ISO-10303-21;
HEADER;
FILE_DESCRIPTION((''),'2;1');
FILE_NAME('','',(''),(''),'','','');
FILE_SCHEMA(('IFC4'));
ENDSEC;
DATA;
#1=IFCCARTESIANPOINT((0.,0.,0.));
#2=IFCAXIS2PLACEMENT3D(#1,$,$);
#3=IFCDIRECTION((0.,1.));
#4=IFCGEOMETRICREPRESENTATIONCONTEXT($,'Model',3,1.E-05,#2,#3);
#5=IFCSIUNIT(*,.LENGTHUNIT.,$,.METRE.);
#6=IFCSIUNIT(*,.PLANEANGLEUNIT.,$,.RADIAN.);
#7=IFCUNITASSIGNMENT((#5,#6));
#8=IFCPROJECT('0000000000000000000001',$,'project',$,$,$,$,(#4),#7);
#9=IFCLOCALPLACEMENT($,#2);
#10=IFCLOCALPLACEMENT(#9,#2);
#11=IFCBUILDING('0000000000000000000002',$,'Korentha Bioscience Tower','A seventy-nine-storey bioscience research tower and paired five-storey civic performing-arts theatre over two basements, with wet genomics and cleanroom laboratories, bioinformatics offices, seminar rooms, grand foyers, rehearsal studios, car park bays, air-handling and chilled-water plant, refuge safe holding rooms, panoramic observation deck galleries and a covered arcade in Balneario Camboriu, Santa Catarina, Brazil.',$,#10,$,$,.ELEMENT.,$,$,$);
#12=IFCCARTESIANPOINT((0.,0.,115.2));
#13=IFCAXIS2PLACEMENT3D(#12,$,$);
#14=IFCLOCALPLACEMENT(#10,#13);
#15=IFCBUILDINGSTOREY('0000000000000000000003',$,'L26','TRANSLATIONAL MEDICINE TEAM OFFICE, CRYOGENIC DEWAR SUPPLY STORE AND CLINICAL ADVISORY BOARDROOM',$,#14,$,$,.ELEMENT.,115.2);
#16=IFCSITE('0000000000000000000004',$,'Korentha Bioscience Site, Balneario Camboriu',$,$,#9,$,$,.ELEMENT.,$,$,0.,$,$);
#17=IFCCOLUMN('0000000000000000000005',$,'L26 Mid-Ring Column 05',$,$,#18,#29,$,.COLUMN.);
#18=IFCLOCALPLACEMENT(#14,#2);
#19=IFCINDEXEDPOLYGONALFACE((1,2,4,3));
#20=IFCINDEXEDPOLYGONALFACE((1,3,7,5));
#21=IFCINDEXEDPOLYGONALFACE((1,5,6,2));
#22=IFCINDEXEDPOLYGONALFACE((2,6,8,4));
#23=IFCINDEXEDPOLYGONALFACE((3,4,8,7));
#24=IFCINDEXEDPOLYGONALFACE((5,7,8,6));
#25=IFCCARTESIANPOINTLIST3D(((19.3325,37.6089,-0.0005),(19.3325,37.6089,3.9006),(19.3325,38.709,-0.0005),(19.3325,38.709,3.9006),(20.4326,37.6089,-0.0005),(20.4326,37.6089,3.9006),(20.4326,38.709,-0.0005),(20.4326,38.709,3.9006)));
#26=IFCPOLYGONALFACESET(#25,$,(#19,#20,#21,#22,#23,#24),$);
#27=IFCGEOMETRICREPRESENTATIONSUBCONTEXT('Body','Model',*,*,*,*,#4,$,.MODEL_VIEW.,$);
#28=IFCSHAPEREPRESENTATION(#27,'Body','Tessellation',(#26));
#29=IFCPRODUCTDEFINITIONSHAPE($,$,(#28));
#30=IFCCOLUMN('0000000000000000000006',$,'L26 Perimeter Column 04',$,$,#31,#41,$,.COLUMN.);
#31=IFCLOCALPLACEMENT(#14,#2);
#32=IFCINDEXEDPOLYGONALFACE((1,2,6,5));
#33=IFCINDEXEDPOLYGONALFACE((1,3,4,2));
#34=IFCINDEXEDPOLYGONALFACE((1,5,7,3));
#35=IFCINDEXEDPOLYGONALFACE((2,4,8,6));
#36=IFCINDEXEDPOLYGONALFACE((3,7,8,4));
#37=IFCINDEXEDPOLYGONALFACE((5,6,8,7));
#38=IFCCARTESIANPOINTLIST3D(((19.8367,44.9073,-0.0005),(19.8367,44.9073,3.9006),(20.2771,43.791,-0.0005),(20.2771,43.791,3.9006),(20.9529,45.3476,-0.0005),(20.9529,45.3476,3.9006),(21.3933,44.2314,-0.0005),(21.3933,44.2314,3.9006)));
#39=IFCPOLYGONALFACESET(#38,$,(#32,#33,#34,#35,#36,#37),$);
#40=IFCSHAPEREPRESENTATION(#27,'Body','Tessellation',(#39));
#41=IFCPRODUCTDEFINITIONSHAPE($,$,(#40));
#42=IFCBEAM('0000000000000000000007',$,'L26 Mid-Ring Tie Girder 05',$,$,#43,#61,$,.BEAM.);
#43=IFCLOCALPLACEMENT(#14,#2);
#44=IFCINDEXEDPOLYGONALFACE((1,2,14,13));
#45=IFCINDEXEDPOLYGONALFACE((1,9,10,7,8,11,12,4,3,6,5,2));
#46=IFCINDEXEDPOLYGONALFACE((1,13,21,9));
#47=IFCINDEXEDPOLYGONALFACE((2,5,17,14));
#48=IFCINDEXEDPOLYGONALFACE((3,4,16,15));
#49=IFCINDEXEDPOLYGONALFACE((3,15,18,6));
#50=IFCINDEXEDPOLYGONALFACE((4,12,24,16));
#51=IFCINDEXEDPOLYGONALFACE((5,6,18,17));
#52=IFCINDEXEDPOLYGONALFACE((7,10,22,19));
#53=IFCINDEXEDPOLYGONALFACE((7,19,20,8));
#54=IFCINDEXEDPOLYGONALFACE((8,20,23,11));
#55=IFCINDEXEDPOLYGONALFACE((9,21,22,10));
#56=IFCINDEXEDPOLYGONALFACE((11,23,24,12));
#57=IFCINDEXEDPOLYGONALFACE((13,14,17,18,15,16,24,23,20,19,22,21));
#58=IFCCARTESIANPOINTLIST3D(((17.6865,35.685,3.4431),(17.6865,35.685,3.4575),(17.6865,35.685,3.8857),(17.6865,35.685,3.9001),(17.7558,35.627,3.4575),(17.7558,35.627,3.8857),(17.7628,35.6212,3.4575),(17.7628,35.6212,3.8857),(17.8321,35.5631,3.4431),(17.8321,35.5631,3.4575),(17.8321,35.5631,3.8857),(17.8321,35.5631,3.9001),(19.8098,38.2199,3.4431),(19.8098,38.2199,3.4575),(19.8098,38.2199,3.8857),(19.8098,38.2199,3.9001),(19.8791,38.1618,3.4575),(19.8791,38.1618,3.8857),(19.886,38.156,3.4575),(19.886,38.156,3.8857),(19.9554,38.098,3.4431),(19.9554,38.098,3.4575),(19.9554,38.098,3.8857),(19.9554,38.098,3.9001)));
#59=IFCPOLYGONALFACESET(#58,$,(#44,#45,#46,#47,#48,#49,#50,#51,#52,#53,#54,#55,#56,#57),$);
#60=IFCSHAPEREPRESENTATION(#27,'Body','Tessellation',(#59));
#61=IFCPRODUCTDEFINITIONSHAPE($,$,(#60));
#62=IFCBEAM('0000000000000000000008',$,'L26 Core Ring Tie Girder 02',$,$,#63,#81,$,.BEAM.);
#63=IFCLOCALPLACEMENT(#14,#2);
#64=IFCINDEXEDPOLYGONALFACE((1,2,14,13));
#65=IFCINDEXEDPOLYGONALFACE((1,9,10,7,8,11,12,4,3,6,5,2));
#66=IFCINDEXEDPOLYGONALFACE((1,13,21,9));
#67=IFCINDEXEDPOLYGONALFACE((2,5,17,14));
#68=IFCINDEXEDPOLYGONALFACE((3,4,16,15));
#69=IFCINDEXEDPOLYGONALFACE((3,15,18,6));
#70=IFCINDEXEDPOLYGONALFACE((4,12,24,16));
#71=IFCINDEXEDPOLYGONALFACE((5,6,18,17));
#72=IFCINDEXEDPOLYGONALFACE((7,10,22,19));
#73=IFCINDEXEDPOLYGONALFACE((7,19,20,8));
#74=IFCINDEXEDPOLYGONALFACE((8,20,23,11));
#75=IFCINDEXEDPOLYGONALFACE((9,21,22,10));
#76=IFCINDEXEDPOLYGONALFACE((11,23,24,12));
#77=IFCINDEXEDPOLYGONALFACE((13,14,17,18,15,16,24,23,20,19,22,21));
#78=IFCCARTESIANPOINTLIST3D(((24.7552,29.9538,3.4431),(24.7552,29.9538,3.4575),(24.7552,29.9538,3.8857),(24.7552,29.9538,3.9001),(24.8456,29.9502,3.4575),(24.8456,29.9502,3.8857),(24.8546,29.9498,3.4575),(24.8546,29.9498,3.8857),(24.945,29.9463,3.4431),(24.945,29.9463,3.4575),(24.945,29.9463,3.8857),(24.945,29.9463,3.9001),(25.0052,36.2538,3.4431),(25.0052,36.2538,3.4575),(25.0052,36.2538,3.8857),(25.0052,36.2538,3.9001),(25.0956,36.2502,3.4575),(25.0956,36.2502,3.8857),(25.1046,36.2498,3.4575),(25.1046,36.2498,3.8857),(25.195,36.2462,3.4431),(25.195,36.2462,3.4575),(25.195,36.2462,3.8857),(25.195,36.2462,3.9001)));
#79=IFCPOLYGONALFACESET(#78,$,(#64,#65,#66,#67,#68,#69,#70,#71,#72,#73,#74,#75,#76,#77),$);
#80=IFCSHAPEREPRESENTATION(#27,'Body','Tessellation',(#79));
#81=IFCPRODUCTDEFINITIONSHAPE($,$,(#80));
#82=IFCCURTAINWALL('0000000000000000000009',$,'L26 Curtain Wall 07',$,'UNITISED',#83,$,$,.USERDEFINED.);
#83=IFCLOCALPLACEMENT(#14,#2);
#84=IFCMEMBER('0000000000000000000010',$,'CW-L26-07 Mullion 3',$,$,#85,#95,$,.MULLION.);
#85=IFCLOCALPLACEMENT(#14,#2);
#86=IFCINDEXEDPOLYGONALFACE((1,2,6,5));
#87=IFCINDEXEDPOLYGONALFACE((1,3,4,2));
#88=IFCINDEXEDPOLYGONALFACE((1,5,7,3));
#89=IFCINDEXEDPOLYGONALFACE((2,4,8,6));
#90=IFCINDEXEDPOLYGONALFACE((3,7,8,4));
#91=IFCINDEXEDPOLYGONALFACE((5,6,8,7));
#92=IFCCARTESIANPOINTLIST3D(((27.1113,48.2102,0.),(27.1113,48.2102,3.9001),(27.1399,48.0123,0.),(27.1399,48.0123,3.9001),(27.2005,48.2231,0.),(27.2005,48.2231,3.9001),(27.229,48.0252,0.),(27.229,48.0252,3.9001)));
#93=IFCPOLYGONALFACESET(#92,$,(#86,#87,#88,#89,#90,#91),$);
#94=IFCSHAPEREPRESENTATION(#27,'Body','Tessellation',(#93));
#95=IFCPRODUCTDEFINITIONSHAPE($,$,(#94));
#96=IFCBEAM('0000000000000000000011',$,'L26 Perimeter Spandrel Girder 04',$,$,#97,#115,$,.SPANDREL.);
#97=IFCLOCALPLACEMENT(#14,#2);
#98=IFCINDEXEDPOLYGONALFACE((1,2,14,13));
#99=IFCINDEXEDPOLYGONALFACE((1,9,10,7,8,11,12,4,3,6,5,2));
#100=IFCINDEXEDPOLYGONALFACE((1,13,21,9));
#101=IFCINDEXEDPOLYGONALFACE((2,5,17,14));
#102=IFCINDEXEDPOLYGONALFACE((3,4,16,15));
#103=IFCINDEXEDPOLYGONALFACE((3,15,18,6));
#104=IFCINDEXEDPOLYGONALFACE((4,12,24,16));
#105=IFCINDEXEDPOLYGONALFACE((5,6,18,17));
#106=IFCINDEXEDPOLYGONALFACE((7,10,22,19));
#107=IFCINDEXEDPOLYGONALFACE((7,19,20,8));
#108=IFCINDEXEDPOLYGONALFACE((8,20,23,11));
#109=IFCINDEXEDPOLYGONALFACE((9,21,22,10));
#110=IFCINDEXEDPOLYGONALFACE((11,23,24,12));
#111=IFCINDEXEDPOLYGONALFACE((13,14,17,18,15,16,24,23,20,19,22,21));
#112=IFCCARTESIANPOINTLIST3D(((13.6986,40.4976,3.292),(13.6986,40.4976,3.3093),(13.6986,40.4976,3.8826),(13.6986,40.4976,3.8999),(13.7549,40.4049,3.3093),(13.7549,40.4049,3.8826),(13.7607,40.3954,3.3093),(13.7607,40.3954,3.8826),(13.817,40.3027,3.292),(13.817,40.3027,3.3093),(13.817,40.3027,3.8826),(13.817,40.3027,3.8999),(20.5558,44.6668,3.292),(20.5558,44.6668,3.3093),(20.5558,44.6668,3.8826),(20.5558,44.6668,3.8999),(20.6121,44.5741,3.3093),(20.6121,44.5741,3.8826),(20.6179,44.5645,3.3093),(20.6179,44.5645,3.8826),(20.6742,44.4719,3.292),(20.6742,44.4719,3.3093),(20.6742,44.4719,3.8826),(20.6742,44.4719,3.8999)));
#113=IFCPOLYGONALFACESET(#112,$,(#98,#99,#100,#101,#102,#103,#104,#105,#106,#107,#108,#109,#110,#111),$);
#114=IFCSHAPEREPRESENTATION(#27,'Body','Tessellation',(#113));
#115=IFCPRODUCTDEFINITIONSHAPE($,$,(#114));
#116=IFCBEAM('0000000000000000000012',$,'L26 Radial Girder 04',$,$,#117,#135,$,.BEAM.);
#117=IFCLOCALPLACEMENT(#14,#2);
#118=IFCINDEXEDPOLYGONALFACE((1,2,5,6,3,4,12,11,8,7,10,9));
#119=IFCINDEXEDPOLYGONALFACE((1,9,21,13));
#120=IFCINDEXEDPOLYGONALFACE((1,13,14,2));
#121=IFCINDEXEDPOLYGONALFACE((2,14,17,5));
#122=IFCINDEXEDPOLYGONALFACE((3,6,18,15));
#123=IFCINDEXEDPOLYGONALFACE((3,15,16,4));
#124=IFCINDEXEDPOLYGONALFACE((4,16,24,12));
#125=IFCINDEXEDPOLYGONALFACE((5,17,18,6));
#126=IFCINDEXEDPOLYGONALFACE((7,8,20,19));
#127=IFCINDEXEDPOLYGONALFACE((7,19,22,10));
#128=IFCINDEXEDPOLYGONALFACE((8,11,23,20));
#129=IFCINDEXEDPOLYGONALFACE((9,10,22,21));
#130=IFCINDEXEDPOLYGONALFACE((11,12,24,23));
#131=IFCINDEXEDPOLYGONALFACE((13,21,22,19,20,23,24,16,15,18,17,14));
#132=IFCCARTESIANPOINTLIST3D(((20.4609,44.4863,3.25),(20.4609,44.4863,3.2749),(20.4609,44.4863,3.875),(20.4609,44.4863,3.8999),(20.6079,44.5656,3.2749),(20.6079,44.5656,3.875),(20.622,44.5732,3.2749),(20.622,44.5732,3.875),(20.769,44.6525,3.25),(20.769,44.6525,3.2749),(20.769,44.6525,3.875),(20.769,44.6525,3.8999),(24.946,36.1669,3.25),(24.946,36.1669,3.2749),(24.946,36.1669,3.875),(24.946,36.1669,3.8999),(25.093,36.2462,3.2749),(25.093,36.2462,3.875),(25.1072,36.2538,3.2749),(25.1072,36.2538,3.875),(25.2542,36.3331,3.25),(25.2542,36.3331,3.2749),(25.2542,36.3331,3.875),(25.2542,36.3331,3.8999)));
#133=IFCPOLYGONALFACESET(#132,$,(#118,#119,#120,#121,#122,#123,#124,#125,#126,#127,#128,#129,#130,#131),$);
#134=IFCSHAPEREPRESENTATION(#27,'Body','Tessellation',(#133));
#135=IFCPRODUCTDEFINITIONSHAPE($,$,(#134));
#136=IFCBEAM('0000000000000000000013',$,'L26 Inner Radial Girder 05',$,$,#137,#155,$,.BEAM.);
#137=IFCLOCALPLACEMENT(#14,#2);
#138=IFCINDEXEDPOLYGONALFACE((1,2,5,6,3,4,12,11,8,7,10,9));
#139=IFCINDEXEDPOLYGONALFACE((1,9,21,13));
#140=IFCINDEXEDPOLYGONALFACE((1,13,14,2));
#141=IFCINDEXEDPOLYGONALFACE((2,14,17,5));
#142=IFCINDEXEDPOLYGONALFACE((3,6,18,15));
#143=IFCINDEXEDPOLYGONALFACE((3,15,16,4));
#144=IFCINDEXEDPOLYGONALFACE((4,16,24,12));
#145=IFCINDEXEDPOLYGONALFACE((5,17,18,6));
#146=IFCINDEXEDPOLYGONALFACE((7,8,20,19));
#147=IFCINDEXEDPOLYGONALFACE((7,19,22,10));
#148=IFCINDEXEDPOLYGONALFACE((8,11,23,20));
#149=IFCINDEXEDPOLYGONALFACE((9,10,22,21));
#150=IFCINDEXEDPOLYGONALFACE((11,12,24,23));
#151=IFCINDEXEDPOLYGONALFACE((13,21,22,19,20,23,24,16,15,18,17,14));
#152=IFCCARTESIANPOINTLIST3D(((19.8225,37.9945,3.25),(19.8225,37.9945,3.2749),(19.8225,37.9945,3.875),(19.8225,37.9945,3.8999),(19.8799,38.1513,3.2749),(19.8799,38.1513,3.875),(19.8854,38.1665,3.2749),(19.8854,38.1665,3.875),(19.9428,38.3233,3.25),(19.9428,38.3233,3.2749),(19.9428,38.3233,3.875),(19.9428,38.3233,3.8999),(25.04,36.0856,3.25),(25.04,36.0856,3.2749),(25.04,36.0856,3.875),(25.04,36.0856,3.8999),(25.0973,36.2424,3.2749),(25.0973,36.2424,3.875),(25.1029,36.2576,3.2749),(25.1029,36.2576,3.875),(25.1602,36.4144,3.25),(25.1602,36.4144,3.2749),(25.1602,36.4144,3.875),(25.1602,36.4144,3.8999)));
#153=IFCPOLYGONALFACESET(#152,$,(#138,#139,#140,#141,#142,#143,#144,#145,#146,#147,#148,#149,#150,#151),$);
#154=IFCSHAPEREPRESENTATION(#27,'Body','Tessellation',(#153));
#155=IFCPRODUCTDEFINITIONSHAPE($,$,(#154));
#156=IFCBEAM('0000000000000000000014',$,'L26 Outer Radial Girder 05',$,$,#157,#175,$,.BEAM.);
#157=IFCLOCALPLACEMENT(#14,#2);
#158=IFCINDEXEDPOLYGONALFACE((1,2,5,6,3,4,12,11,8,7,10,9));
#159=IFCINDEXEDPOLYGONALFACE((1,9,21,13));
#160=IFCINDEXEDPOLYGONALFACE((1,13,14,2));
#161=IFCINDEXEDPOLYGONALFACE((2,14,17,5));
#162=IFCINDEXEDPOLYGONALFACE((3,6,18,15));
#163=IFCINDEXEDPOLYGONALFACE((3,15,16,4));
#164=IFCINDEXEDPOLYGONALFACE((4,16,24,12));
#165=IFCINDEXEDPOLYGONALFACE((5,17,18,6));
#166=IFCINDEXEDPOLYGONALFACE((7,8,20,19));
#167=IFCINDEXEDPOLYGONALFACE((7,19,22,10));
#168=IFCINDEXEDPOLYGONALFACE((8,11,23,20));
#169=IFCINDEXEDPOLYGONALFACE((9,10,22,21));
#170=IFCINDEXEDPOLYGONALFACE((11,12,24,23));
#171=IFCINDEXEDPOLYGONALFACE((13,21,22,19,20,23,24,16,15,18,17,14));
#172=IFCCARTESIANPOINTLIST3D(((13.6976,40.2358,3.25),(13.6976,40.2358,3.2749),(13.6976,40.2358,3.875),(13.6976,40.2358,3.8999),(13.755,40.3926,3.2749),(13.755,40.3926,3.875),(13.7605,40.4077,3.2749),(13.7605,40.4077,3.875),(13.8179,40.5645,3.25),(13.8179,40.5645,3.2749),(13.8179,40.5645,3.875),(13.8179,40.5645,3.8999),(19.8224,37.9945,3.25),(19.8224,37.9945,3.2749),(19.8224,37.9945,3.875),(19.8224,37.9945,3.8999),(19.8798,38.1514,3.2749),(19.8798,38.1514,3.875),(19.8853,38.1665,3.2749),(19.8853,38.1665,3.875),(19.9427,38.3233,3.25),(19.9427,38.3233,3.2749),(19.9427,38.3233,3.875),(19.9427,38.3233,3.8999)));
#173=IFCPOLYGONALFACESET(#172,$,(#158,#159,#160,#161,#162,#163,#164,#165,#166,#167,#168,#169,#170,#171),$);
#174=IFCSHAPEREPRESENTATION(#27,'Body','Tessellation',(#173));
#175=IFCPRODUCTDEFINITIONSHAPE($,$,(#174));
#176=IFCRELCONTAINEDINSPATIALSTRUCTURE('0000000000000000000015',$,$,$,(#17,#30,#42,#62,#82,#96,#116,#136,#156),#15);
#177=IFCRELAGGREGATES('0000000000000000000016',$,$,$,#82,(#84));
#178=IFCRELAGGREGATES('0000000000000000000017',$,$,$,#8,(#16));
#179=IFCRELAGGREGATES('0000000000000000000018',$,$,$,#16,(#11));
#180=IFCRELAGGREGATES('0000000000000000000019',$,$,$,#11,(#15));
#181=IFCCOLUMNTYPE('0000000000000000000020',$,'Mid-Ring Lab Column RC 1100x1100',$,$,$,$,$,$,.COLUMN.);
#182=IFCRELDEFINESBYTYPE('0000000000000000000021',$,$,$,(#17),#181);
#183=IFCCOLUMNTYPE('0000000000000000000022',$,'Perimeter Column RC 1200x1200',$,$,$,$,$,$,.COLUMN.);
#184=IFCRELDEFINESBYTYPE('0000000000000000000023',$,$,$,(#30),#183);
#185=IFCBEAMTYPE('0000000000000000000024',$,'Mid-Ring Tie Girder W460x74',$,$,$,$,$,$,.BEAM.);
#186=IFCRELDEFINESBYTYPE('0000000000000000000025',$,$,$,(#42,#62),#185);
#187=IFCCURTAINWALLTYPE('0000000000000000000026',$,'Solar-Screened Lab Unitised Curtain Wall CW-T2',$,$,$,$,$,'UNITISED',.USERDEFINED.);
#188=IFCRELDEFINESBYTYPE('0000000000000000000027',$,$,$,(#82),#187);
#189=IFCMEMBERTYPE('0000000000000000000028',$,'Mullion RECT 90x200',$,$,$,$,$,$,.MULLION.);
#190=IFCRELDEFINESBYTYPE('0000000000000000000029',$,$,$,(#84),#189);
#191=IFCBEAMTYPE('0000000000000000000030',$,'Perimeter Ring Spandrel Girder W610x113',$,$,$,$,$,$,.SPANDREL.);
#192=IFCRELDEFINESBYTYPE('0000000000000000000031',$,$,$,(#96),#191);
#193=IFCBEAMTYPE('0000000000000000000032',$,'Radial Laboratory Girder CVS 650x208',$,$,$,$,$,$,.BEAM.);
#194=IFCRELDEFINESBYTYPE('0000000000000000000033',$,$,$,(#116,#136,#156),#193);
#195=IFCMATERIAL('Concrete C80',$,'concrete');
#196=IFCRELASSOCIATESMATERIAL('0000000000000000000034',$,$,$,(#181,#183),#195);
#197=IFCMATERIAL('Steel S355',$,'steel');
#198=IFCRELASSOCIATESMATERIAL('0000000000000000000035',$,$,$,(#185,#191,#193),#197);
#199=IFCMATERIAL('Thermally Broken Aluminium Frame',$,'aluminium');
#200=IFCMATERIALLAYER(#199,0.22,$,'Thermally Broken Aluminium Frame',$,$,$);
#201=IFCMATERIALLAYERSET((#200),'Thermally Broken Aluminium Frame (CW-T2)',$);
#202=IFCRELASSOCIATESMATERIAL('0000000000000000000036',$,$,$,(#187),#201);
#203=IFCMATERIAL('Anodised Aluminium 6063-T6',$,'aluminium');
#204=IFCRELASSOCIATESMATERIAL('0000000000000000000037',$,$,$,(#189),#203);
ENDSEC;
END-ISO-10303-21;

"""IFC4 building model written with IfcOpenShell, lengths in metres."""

from ifc_helpers import new_model, si_unit, direction, frame, origin, origin_2d, place, context, subcontext, project, spatial, rectangle, i_section, extrude, material, layer, layer_set, material_profile, profile_set, type_object, element, aggregate, save


model = new_model("IFC4")

# Units and contexts
model_context = context("Model", 3, precision=1e-05, world=origin(), true_north=direction((0.0, 1.0)))
body_context = subcontext(model_context, "Body", "Model", "MODEL_VIEW")
ifc_project = project(units=[si_unit("LENGTHUNIT", "METRE"), si_unit("PLANEANGLEUNIT", "RADIAN")], contexts=[model_context])

# Site, building, storey
site_placement = place(None, origin())
site = spatial("IfcSite", under=ifc_project, at=site_placement, Name="Korentha Bioscience Site, Balneario Camboriu", CompositionType="ELEMENT", RefElevation=0.0)
building_placement = place(site_placement, origin())
building = spatial("IfcBuilding", under=site, at=building_placement, Name="Korentha Bioscience Tower", Description="A seventy-nine-storey bioscience research tower and paired five-storey civic performing-arts theatre over two basements, with wet genomics and cleanroom laboratories, bioinformatics offices, seminar rooms, grand foyers, rehearsal studios, car park bays, air-handling and chilled-water plant, refuge safe holding rooms, panoramic observation deck galleries and a covered arcade in Balneario Camboriu, Santa Catarina, Brazil.", CompositionType="ELEMENT")
storey_placement = place(building_placement, frame((0.0, 0.0, 115.2)))
storey = spatial("IfcBuildingStorey", under=building, at=storey_placement, Name="L26", Description="TRANSLATIONAL MEDICINE TEAM OFFICE, CRYOGENIC DEWAR SUPPLY STORE AND CLINICAL ADVISORY BOARDROOM", CompositionType="ELEMENT", Elevation=115.2)

# Columns
ifc_material_1 = material(Name="Concrete C80", Category="concrete")
ifc_material_profile_1 = material_profile(ifc_material_1, rectangle(XDim=1.1001, YDim=1.1001, at=origin_2d()), Name="Concrete C80")
ifc_profile_set_1 = profile_set([ifc_material_profile_1], Name="Concrete C80 (COL-MR11)")
column_type_1 = type_object("IfcColumnType", Name="Mid-Ring Lab Column RC 1100x1100", PredefinedType="COLUMN", material=ifc_profile_set_1)
column_1_placement = place(storey_placement, frame((19.8826, 38.1589, -0.0005), z_axis=(0.0, 0.0, 1.0), x_axis=(1.0, 0.0, 0.0)))
element("IfcColumn", 1, at=column_1_placement, inside=storey, type_object=column_type_1, Name="L26 Mid-Ring Column 05", PredefinedType="COLUMN", context=body_context, shape_type="SweptSolid", body=[
    extrude(rectangle(XDim=1.1001, YDim=1.1001, at=origin_2d()), origin(), (0.0, 0.0, 1.0), 3.9011),
])
ifc_material_profile_2 = material_profile(ifc_material_1, rectangle(XDim=1.2, YDim=1.2, at=origin_2d()), Name="Concrete C80")
ifc_profile_set_2 = profile_set([ifc_material_profile_2], Name="Concrete C80 (COL-P12)")
column_type_2 = type_object("IfcColumnType", Name="Perimeter Column RC 1200x1200", PredefinedType="COLUMN", material=ifc_profile_set_2)
column_2_placement = place(storey_placement, frame((20.615, 44.5693, -0.0005), z_axis=(0.0, 0.0, 1.0), x_axis=(0.930226, 0.366988, 0.0)))
element("IfcColumn", 2, at=column_2_placement, inside=storey, type_object=column_type_2, Name="L26 Perimeter Column 04", PredefinedType="COLUMN", context=body_context, shape_type="SweptSolid", body=[
    extrude(rectangle(XDim=1.2, YDim=1.2, at=origin_2d()), origin(), (0.0, 0.0, 1.0), 3.9011),
])

# Beams
ifc_material_2 = material(Name="Steel S355", Category="steel")
ifc_material_profile_3 = material_profile(ifc_material_2, i_section(OverallWidth=0.1899, OverallDepth=0.457, WebThickness=0.009, FlangeThickness=0.0144, at=origin_2d()), Name="Steel S355")
ifc_profile_set_3 = profile_set([ifc_material_profile_3], Name="Steel S355 (MB-460)")
beam_type_1 = type_object("IfcBeamType", Name="Mid-Ring Tie Girder W460x74", PredefinedType="BEAM", material=ifc_profile_set_3)
beam_1_placement = place(storey_placement, frame((19.8826, 38.1589, 3.6716), z_axis=(-0.642121, -0.766603, 0.0), x_axis=(0.766603, -0.642121, 0.0)))
element("IfcBeam", 3, at=beam_1_placement, inside=storey, type_object=beam_type_1, Name="L26 Mid-Ring Tie Girder 05", PredefinedType="BEAM", context=body_context, shape_type="SweptSolid", body=[
    extrude(i_section(OverallWidth=0.1899, OverallDepth=0.457, WebThickness=0.009, FlangeThickness=0.0144, at=origin_2d()), origin(), (0.0, 0.0, 1.0), 3.3066),
])
beam_2_placement = place(storey_placement, frame((25.1001, 36.25, 3.6716), z_axis=(-0.039651, -0.999214, 0.0), x_axis=(0.999214, -0.039651, 0.0)))
element("IfcBeam", 4, at=beam_2_placement, inside=storey, type_object=beam_type_1, Name="L26 Core Ring Tie Girder 02", PredefinedType="BEAM", context=body_context, shape_type="SweptSolid", body=[
    extrude(i_section(OverallWidth=0.1899, OverallDepth=0.457, WebThickness=0.009, FlangeThickness=0.0144, at=origin_2d()), origin(), (0.0, 0.0, 1.0), 6.3049),
])

# Curtain wall, member
ifc_material_3 = material(Name="Thermally Broken Aluminium Frame", Category="aluminium")
ifc_layer_1 = layer(ifc_material_3, 0.22, Name="Thermally Broken Aluminium Frame")
ifc_layer_set_1 = layer_set([ifc_layer_1], Name="Thermally Broken Aluminium Frame (CW-T2)")
curtain_wall_type = type_object("IfcCurtainWallType", Name="Solar-Screened Lab Unitised Curtain Wall CW-T2", ElementType="UNITISED", PredefinedType="USERDEFINED", material=ifc_layer_set_1)
curtain_wall_placement = place(storey_placement, origin())
curtain_wall = element("IfcCurtainWall", 5, at=curtain_wall_placement, inside=storey, type_object=curtain_wall_type, Name="L26 Curtain Wall 07", ObjectType="UNITISED", PredefinedType="USERDEFINED")
ifc_material_4 = material(Name="Anodised Aluminium 6063-T6", Category="aluminium")
ifc_material_profile_4 = material_profile(ifc_material_4, rectangle(XDim=0.0901, YDim=0.2, at=origin_2d()), Name="Anodised Aluminium 6063-T6")
ifc_profile_set_4 = profile_set([ifc_material_profile_4], Name="Anodised Aluminium 6063-T6 (CW-MUL)")
member_type_1 = type_object("IfcMemberType", Name="Mullion RECT 90x200", PredefinedType="MULLION", material=ifc_profile_set_4)
member_1_placement = place(storey_placement, frame((27.1702, 48.1177, 0.0), z_axis=(0.0, 0.0, 1.0), x_axis=(-0.989738, -0.142892, 0.0)))
member_1 = element("IfcMember", 6, at=member_1_placement, type_object=member_type_1, Name="CW-L26-07 Mullion 3", PredefinedType="MULLION", context=body_context, shape_type="SweptSolid", body=[
    extrude(rectangle(XDim=0.0901, YDim=0.2, at=origin_2d()), origin(), (0.0, 0.0, 1.0), 3.9001),
])

# Beams
ifc_material_profile_5 = material_profile(ifc_material_2, i_section(OverallWidth=0.228, OverallDepth=0.6079, WebThickness=0.0112, FlangeThickness=0.0173, at=origin_2d()), Name="Steel S355")
ifc_profile_set_5 = profile_set([ifc_material_profile_5], Name="Steel S355 (SB-610)")
beam_type_2 = type_object("IfcBeamType", Name="Perimeter Ring Spandrel Girder W610x113", PredefinedType="SPANDREL", material=ifc_profile_set_5)
beam_3_placement = place(storey_placement, frame((20.615, 44.5693, 3.5959), z_axis=(-0.854461, -0.519515, 0.0), x_axis=(0.519515, -0.854461, 0.0)))
element("IfcBeam", 7, at=beam_3_placement, inside=storey, type_object=beam_type_2, Name="L26 Perimeter Spandrel Girder 04", PredefinedType="SPANDREL", context=body_context, shape_type="SweptSolid", body=[
    extrude(i_section(OverallWidth=0.228, OverallDepth=0.6079, WebThickness=0.0112, FlangeThickness=0.0173, at=origin_2d()), origin(), (0.0, 0.0, 1.0), 8.0251),
])
ifc_material_profile_6 = material_profile(ifc_material_2, i_section(OverallWidth=0.3501, OverallDepth=0.6499, WebThickness=0.0161, FlangeThickness=0.0249, at=origin_2d()), Name="Steel S355")
ifc_profile_set_6 = profile_set([ifc_material_profile_6], Name="Steel S355 (RB-650)")
beam_type_3 = type_object("IfcBeamType", Name="Radial Laboratory Girder CVS 650x208", PredefinedType="BEAM", material=ifc_profile_set_6)
beam_4_placement = place(storey_placement, frame((25.1001, 36.25, 3.575), z_axis=(-0.474548, 0.88023, 0.0), x_axis=(-0.88023, -0.474548, 0.0)))
element("IfcBeam", 8, at=beam_4_placement, inside=storey, type_object=beam_type_3, Name="L26 Radial Girder 04", PredefinedType="BEAM", context=body_context, shape_type="SweptSolid", body=[
    extrude(i_section(OverallWidth=0.3501, OverallDepth=0.6499, WebThickness=0.0161, FlangeThickness=0.0249, at=origin_2d()), origin(), (0.0, 0.0, 1.0), 9.4514),
])
beam_5_placement = place(storey_placement, frame((25.1001, 36.25, 3.575), z_axis=(-0.939118, 0.343595, 0.0), x_axis=(-0.343595, -0.939118, 0.0)))
element("IfcBeam", 9, at=beam_5_placement, inside=storey, type_object=beam_type_3, Name="L26 Inner Radial Girder 05", PredefinedType="BEAM", context=body_context, shape_type="SweptSolid", body=[
    extrude(i_section(OverallWidth=0.3501, OverallDepth=0.6499, WebThickness=0.0161, FlangeThickness=0.0249, at=origin_2d()), origin(), (0.0, 0.0, 1.0), 5.5557),
])
beam_6_placement = place(storey_placement, frame((19.8826, 38.1589, 3.575), z_axis=(-0.939101, 0.343642, 0.0), x_axis=(-0.343642, -0.939101, 0.0)))
element("IfcBeam", 10, at=beam_6_placement, inside=storey, type_object=beam_type_3, Name="L26 Outer Radial Girder 05", PredefinedType="BEAM", context=body_context, shape_type="SweptSolid", body=[
    extrude(i_section(OverallWidth=0.3501, OverallDepth=0.6499, WebThickness=0.0161, FlangeThickness=0.0249, at=origin_2d()), origin(), (0.0, 0.0, 1.0), 6.522),
])

aggregate(curtain_wall, [member_1])

save(model, "model.ifc")
